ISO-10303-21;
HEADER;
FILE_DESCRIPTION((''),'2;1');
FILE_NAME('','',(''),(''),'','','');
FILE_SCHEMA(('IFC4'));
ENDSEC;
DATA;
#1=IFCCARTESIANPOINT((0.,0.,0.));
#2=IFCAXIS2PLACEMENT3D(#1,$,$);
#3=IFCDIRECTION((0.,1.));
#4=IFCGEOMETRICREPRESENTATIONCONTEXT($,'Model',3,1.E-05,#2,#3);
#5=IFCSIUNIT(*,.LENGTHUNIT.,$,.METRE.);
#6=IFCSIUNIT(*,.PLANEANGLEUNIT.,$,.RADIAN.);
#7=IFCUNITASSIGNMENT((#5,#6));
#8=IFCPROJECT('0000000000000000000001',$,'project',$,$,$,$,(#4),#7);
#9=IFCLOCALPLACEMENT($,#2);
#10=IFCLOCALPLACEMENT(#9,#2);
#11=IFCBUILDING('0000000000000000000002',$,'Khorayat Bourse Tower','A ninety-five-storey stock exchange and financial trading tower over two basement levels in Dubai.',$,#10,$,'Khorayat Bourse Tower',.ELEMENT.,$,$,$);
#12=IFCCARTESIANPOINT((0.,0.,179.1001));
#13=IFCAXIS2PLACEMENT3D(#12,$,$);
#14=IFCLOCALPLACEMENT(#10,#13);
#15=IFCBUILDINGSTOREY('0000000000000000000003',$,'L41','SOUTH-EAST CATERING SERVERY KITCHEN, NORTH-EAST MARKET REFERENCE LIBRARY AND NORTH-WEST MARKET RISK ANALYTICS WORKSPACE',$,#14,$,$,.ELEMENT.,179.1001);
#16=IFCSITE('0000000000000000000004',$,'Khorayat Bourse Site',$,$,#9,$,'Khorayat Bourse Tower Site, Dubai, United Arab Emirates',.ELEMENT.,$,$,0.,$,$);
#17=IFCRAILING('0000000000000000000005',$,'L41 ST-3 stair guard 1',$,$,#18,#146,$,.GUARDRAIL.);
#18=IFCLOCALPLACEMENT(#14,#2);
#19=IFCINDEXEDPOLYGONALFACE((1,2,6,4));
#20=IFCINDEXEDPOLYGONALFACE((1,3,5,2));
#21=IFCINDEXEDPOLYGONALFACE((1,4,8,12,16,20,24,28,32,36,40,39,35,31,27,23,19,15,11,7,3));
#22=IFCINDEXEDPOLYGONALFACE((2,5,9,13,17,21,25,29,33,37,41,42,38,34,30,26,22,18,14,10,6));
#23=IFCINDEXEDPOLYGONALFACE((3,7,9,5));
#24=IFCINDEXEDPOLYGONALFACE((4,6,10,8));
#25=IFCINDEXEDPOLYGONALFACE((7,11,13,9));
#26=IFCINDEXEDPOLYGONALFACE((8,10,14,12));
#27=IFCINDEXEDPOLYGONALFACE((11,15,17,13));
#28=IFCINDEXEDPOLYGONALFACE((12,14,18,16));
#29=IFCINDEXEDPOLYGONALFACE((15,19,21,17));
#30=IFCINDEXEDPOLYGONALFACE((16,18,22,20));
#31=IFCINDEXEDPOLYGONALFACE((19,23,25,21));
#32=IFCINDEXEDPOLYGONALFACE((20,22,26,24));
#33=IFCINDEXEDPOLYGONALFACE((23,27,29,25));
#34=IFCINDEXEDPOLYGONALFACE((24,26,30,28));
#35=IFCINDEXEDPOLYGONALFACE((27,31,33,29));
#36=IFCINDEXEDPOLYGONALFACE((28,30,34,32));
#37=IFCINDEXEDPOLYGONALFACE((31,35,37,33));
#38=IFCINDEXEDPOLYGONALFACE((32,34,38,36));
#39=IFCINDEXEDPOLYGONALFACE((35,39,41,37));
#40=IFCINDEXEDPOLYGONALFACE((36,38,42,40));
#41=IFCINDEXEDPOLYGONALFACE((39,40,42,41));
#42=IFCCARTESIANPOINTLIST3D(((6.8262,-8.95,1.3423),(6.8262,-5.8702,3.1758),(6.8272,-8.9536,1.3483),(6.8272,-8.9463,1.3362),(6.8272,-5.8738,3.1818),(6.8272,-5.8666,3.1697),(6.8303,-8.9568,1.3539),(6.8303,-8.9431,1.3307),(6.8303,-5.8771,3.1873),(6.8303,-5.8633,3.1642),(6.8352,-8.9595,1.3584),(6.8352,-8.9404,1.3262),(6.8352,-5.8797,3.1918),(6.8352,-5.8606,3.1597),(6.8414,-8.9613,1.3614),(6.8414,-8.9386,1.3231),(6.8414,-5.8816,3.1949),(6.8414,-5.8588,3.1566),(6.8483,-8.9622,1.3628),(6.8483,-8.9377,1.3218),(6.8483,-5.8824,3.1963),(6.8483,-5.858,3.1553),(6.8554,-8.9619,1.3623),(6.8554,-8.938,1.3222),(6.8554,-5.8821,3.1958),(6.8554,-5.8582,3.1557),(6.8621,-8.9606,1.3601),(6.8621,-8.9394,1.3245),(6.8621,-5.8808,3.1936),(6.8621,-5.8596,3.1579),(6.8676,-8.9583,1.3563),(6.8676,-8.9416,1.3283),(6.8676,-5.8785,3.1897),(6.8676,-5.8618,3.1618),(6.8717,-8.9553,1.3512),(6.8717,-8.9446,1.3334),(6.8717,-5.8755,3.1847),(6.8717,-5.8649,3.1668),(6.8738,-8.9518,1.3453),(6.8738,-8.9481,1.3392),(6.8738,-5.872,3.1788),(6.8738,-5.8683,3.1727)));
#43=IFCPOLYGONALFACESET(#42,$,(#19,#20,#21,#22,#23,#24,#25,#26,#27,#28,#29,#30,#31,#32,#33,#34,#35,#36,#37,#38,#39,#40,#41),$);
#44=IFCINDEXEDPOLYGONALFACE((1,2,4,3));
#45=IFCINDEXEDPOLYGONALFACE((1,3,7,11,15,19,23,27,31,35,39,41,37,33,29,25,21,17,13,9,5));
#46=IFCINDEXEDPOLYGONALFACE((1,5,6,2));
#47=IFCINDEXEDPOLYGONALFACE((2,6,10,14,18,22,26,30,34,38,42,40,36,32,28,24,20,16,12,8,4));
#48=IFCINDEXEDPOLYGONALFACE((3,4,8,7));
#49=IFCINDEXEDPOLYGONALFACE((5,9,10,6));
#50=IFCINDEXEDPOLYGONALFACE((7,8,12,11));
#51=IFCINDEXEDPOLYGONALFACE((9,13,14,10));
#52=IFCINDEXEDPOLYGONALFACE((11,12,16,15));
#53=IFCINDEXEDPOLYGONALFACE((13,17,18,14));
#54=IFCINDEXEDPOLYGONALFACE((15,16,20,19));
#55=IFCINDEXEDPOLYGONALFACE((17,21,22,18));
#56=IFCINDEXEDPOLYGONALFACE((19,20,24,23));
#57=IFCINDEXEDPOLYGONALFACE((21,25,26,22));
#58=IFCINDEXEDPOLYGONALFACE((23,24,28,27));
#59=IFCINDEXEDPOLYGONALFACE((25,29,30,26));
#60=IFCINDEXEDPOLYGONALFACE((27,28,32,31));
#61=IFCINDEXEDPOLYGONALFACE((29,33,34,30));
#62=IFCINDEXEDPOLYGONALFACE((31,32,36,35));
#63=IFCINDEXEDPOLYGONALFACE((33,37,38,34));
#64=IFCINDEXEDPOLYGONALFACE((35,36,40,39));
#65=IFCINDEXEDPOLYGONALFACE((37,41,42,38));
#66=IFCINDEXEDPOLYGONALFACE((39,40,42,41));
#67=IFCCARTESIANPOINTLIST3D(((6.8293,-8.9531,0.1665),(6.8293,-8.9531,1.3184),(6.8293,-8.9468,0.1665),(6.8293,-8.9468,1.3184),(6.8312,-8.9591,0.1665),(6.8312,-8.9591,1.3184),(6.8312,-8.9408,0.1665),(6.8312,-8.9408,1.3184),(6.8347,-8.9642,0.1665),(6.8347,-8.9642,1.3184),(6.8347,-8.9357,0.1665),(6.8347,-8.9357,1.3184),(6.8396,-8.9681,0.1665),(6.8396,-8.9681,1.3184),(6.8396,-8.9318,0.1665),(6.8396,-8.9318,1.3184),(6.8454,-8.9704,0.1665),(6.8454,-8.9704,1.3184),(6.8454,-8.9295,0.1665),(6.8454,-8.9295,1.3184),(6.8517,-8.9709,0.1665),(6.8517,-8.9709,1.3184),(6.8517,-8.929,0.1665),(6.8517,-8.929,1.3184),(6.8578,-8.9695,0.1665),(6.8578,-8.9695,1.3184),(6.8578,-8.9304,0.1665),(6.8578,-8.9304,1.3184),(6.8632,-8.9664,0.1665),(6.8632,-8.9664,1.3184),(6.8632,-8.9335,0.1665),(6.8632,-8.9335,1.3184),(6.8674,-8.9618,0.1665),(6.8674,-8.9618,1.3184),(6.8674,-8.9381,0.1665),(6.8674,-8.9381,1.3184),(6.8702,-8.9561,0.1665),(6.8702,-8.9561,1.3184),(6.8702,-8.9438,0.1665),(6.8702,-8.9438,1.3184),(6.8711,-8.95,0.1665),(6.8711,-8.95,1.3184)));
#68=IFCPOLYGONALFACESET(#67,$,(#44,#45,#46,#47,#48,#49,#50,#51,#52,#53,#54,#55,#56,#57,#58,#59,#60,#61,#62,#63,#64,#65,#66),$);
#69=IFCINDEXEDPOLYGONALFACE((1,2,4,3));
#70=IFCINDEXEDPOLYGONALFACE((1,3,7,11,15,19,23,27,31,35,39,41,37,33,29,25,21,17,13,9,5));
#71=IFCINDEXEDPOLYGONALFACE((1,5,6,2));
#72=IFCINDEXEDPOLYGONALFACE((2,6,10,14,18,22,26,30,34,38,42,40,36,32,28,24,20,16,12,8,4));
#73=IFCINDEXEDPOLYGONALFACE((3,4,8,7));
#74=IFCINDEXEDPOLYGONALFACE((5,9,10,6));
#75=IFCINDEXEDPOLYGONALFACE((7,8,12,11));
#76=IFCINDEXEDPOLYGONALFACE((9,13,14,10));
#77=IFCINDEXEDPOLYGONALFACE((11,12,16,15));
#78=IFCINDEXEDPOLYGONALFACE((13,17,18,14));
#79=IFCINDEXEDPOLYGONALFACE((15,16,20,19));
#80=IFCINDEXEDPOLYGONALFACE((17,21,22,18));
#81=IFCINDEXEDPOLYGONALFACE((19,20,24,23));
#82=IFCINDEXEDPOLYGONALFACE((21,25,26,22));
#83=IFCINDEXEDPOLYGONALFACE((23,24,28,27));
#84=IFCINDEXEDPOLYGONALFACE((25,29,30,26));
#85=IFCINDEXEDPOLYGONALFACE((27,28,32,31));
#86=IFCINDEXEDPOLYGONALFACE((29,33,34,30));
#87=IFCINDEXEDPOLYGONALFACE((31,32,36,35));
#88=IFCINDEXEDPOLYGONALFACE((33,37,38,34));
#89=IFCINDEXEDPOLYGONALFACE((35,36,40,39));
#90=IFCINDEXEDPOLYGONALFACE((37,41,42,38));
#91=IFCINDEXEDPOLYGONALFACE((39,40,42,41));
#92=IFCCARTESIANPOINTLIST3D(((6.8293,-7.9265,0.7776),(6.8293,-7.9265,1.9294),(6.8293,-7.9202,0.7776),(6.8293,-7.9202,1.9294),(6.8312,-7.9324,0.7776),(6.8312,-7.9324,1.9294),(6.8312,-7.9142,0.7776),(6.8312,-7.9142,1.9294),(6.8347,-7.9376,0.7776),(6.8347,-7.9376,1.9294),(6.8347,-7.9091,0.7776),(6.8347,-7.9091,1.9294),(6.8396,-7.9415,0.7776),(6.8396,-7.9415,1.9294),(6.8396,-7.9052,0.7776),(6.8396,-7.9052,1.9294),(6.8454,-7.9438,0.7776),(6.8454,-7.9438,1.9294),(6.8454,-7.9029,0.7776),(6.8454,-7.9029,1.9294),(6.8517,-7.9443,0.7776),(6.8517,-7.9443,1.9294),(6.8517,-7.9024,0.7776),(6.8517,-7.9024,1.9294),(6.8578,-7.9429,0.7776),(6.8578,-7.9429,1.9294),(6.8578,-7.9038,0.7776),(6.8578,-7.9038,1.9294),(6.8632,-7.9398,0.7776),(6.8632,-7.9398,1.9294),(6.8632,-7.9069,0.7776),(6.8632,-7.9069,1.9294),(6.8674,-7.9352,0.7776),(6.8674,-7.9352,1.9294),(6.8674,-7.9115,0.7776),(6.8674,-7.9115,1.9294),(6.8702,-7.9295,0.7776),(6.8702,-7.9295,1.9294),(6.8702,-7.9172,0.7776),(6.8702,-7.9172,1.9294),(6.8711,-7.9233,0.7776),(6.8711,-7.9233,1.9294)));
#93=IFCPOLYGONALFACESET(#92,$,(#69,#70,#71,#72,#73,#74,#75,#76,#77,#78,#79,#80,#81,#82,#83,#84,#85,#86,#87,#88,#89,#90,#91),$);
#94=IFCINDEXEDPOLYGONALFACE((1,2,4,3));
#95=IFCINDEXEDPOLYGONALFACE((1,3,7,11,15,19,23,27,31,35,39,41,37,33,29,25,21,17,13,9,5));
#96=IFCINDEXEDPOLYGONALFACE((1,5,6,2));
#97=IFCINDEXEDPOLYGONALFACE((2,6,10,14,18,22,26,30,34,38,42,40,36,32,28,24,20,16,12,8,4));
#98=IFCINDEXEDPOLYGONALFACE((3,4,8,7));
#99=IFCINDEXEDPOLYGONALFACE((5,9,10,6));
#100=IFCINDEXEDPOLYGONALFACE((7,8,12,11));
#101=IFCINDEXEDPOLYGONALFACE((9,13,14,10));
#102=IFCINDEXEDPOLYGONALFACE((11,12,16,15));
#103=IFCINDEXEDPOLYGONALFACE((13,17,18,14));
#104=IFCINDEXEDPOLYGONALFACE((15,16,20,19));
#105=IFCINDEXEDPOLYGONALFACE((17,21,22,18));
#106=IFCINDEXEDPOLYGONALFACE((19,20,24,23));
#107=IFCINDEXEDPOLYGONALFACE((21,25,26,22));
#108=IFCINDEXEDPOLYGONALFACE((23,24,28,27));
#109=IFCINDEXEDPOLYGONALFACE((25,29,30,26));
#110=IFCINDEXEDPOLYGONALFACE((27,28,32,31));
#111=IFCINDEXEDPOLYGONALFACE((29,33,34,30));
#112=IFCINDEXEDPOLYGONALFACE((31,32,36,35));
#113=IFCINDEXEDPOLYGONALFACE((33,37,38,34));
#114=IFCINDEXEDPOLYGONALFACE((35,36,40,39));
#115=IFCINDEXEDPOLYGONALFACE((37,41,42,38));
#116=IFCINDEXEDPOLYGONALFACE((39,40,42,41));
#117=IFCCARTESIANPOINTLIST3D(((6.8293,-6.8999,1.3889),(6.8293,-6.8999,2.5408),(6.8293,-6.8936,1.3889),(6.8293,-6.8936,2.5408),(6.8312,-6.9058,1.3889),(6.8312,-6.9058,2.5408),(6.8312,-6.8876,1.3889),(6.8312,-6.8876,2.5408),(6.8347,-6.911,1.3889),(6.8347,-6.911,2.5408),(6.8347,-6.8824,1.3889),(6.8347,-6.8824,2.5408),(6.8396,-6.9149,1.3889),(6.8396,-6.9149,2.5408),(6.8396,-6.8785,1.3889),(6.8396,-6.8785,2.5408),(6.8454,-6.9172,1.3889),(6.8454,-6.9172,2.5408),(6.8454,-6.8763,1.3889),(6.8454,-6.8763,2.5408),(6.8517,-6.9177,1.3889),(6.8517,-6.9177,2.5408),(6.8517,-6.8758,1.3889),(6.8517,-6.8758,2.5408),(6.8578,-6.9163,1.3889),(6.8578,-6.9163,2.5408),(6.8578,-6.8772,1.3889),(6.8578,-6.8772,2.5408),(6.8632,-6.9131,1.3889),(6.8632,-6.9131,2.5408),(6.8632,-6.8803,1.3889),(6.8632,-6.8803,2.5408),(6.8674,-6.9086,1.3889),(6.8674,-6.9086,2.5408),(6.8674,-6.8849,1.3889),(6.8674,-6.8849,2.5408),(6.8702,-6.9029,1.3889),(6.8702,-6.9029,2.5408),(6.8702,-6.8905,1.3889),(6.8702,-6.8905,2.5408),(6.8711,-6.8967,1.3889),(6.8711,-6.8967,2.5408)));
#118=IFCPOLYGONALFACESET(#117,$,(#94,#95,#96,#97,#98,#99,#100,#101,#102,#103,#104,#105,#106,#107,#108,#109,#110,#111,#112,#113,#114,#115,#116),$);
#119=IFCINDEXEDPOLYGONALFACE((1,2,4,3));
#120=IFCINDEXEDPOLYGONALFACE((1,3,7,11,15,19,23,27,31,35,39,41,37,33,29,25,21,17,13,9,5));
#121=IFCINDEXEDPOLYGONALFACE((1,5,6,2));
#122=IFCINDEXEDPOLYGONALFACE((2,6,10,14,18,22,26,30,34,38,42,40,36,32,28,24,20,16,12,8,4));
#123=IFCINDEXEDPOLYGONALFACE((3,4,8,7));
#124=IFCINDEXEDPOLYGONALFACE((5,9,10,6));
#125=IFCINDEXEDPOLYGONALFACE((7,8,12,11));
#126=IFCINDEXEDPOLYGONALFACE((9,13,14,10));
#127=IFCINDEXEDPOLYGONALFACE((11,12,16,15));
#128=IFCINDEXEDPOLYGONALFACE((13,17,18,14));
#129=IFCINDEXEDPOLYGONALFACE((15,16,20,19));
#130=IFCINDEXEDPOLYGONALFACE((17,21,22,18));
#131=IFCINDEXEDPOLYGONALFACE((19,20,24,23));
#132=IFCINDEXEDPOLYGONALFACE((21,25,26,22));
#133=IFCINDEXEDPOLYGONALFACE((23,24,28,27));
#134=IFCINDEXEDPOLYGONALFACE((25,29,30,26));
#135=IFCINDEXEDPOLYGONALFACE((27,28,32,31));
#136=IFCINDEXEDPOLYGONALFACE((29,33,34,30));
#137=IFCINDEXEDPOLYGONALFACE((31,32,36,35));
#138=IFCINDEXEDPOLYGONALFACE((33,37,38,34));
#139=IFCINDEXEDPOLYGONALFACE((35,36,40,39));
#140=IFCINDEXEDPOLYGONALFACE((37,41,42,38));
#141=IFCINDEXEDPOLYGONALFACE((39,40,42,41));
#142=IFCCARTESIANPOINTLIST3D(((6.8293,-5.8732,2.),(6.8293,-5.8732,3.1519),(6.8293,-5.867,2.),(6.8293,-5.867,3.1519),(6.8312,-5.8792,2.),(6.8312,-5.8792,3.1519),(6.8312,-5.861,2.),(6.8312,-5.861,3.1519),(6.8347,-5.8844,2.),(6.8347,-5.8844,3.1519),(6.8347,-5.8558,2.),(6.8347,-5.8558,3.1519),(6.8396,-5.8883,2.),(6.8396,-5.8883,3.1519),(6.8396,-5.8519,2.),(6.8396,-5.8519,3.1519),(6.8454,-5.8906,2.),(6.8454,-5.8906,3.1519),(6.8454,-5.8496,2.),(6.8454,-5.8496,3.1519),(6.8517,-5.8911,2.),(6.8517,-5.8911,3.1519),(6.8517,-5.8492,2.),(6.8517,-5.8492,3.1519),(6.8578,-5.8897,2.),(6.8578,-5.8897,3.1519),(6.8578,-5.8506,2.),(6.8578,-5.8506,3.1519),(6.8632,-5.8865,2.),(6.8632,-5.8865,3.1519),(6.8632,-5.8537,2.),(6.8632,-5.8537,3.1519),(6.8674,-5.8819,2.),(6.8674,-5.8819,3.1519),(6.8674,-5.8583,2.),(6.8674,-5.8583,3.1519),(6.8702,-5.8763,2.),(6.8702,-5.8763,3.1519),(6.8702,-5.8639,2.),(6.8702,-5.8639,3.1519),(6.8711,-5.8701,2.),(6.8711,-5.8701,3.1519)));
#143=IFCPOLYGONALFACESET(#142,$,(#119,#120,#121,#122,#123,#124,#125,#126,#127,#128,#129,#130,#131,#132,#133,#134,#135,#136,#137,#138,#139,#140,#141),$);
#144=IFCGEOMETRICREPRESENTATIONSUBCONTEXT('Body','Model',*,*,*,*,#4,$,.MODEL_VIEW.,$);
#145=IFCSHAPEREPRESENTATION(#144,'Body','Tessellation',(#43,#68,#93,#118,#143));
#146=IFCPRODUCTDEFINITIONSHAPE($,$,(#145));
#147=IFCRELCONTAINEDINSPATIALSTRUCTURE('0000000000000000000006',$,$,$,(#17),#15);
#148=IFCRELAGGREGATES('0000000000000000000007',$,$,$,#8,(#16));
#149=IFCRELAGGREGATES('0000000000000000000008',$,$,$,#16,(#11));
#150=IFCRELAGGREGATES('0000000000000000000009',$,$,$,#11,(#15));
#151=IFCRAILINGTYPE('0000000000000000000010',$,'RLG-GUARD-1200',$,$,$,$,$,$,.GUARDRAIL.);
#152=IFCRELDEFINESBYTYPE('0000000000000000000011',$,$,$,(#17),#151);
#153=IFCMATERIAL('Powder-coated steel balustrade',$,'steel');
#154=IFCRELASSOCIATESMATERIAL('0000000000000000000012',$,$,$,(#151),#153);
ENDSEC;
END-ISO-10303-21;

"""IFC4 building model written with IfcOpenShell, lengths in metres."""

from ifc_helpers import new_model, si_unit, direction, frame, origin, origin_2d, place, context, subcontext, project, spatial, circle, extrude, source, transform, mapped, material, type_object, element, save


model = new_model("IFC4")

# Units and contexts
model_context = context("Model", 3, precision=1e-05, world=origin(), true_north=direction((0.0, 1.0)))
body_context = subcontext(model_context, "Body", "Model", "MODEL_VIEW")
ifc_project = project(units=[si_unit("LENGTHUNIT", "METRE"), si_unit("PLANEANGLEUNIT", "RADIAN")], contexts=[model_context])

# Site, building, storey
site_placement = place(None, origin())
site = spatial("IfcSite", under=ifc_project, at=site_placement, Name="Khorayat Bourse Site", LongName="Khorayat Bourse Tower Site, Dubai, United Arab Emirates", CompositionType="ELEMENT", RefElevation=0.0)
building_placement = place(site_placement, origin())
building = spatial("IfcBuilding", under=site, at=building_placement, Name="Khorayat Bourse Tower", Description="A ninety-five-storey stock exchange and financial trading tower over two basement levels in Dubai.", LongName="Khorayat Bourse Tower", CompositionType="ELEMENT")
storey_placement = place(building_placement, frame((0.0, 0.0, 179.1001)))
storey = spatial("IfcBuildingStorey", under=building, at=storey_placement, Name="L41", Description="SOUTH-EAST CATERING SERVERY KITCHEN, NORTH-EAST MARKET REFERENCE LIBRARY AND NORTH-WEST MARKET RISK ANALYTICS WORKSPACE", CompositionType="ELEMENT", Elevation=179.1001)

# Railing
ifc_material_1 = material(Name="Powder-coated steel balustrade", Category="steel")
railing_type_1 = type_object("IfcRailingType", Name="RLG-GUARD-1200", PredefinedType="GUARDRAIL", material=ifc_material_1)
shared_shape_1 = source(origin(), body_context, "Body", "SweptSolid", [
    extrude(circle(Radius=0.0239, at=origin_2d()), frame((0.0, 0.0, 1.1758), z_axis=(0.0, 0.859261, 0.511538), x_axis=(-1.0, 0.0, 0.0)), (0.0, 0.0, 1.0), 3.5842),
    extrude(circle(Radius=0.021, at=origin_2d()), origin(), (0.0, 0.0, 1.0), 1.1519),
    extrude(circle(Radius=0.021, at=origin_2d()), frame((0.0, 1.0266, 0.6111)), (0.0, 0.0, 1.0), 1.1519),
    extrude(circle(Radius=0.021, at=origin_2d()), frame((0.0, 2.0532, 1.2224)), (0.0, 0.0, 1.0), 1.1519),
    extrude(circle(Radius=0.021, at=origin_2d()), frame((0.0, 3.0798, 1.8335)), (0.0, 0.0, 1.0), 1.1519),
])
railing_1_placement = place(storey_placement, frame((6.8501, -8.95, 0.1665)))
element("IfcRailing", 1, at=railing_1_placement, inside=storey, type_object=railing_type_1, Name="L41 ST-3 stair guard 1", PredefinedType="GUARDRAIL", context=body_context, shape_type="MappedRepresentation", body=[
    mapped(shared_shape_1, transform((0.0, 0.0, 0.0), scale=1.0)),
])

save(model, "model.ifc")
